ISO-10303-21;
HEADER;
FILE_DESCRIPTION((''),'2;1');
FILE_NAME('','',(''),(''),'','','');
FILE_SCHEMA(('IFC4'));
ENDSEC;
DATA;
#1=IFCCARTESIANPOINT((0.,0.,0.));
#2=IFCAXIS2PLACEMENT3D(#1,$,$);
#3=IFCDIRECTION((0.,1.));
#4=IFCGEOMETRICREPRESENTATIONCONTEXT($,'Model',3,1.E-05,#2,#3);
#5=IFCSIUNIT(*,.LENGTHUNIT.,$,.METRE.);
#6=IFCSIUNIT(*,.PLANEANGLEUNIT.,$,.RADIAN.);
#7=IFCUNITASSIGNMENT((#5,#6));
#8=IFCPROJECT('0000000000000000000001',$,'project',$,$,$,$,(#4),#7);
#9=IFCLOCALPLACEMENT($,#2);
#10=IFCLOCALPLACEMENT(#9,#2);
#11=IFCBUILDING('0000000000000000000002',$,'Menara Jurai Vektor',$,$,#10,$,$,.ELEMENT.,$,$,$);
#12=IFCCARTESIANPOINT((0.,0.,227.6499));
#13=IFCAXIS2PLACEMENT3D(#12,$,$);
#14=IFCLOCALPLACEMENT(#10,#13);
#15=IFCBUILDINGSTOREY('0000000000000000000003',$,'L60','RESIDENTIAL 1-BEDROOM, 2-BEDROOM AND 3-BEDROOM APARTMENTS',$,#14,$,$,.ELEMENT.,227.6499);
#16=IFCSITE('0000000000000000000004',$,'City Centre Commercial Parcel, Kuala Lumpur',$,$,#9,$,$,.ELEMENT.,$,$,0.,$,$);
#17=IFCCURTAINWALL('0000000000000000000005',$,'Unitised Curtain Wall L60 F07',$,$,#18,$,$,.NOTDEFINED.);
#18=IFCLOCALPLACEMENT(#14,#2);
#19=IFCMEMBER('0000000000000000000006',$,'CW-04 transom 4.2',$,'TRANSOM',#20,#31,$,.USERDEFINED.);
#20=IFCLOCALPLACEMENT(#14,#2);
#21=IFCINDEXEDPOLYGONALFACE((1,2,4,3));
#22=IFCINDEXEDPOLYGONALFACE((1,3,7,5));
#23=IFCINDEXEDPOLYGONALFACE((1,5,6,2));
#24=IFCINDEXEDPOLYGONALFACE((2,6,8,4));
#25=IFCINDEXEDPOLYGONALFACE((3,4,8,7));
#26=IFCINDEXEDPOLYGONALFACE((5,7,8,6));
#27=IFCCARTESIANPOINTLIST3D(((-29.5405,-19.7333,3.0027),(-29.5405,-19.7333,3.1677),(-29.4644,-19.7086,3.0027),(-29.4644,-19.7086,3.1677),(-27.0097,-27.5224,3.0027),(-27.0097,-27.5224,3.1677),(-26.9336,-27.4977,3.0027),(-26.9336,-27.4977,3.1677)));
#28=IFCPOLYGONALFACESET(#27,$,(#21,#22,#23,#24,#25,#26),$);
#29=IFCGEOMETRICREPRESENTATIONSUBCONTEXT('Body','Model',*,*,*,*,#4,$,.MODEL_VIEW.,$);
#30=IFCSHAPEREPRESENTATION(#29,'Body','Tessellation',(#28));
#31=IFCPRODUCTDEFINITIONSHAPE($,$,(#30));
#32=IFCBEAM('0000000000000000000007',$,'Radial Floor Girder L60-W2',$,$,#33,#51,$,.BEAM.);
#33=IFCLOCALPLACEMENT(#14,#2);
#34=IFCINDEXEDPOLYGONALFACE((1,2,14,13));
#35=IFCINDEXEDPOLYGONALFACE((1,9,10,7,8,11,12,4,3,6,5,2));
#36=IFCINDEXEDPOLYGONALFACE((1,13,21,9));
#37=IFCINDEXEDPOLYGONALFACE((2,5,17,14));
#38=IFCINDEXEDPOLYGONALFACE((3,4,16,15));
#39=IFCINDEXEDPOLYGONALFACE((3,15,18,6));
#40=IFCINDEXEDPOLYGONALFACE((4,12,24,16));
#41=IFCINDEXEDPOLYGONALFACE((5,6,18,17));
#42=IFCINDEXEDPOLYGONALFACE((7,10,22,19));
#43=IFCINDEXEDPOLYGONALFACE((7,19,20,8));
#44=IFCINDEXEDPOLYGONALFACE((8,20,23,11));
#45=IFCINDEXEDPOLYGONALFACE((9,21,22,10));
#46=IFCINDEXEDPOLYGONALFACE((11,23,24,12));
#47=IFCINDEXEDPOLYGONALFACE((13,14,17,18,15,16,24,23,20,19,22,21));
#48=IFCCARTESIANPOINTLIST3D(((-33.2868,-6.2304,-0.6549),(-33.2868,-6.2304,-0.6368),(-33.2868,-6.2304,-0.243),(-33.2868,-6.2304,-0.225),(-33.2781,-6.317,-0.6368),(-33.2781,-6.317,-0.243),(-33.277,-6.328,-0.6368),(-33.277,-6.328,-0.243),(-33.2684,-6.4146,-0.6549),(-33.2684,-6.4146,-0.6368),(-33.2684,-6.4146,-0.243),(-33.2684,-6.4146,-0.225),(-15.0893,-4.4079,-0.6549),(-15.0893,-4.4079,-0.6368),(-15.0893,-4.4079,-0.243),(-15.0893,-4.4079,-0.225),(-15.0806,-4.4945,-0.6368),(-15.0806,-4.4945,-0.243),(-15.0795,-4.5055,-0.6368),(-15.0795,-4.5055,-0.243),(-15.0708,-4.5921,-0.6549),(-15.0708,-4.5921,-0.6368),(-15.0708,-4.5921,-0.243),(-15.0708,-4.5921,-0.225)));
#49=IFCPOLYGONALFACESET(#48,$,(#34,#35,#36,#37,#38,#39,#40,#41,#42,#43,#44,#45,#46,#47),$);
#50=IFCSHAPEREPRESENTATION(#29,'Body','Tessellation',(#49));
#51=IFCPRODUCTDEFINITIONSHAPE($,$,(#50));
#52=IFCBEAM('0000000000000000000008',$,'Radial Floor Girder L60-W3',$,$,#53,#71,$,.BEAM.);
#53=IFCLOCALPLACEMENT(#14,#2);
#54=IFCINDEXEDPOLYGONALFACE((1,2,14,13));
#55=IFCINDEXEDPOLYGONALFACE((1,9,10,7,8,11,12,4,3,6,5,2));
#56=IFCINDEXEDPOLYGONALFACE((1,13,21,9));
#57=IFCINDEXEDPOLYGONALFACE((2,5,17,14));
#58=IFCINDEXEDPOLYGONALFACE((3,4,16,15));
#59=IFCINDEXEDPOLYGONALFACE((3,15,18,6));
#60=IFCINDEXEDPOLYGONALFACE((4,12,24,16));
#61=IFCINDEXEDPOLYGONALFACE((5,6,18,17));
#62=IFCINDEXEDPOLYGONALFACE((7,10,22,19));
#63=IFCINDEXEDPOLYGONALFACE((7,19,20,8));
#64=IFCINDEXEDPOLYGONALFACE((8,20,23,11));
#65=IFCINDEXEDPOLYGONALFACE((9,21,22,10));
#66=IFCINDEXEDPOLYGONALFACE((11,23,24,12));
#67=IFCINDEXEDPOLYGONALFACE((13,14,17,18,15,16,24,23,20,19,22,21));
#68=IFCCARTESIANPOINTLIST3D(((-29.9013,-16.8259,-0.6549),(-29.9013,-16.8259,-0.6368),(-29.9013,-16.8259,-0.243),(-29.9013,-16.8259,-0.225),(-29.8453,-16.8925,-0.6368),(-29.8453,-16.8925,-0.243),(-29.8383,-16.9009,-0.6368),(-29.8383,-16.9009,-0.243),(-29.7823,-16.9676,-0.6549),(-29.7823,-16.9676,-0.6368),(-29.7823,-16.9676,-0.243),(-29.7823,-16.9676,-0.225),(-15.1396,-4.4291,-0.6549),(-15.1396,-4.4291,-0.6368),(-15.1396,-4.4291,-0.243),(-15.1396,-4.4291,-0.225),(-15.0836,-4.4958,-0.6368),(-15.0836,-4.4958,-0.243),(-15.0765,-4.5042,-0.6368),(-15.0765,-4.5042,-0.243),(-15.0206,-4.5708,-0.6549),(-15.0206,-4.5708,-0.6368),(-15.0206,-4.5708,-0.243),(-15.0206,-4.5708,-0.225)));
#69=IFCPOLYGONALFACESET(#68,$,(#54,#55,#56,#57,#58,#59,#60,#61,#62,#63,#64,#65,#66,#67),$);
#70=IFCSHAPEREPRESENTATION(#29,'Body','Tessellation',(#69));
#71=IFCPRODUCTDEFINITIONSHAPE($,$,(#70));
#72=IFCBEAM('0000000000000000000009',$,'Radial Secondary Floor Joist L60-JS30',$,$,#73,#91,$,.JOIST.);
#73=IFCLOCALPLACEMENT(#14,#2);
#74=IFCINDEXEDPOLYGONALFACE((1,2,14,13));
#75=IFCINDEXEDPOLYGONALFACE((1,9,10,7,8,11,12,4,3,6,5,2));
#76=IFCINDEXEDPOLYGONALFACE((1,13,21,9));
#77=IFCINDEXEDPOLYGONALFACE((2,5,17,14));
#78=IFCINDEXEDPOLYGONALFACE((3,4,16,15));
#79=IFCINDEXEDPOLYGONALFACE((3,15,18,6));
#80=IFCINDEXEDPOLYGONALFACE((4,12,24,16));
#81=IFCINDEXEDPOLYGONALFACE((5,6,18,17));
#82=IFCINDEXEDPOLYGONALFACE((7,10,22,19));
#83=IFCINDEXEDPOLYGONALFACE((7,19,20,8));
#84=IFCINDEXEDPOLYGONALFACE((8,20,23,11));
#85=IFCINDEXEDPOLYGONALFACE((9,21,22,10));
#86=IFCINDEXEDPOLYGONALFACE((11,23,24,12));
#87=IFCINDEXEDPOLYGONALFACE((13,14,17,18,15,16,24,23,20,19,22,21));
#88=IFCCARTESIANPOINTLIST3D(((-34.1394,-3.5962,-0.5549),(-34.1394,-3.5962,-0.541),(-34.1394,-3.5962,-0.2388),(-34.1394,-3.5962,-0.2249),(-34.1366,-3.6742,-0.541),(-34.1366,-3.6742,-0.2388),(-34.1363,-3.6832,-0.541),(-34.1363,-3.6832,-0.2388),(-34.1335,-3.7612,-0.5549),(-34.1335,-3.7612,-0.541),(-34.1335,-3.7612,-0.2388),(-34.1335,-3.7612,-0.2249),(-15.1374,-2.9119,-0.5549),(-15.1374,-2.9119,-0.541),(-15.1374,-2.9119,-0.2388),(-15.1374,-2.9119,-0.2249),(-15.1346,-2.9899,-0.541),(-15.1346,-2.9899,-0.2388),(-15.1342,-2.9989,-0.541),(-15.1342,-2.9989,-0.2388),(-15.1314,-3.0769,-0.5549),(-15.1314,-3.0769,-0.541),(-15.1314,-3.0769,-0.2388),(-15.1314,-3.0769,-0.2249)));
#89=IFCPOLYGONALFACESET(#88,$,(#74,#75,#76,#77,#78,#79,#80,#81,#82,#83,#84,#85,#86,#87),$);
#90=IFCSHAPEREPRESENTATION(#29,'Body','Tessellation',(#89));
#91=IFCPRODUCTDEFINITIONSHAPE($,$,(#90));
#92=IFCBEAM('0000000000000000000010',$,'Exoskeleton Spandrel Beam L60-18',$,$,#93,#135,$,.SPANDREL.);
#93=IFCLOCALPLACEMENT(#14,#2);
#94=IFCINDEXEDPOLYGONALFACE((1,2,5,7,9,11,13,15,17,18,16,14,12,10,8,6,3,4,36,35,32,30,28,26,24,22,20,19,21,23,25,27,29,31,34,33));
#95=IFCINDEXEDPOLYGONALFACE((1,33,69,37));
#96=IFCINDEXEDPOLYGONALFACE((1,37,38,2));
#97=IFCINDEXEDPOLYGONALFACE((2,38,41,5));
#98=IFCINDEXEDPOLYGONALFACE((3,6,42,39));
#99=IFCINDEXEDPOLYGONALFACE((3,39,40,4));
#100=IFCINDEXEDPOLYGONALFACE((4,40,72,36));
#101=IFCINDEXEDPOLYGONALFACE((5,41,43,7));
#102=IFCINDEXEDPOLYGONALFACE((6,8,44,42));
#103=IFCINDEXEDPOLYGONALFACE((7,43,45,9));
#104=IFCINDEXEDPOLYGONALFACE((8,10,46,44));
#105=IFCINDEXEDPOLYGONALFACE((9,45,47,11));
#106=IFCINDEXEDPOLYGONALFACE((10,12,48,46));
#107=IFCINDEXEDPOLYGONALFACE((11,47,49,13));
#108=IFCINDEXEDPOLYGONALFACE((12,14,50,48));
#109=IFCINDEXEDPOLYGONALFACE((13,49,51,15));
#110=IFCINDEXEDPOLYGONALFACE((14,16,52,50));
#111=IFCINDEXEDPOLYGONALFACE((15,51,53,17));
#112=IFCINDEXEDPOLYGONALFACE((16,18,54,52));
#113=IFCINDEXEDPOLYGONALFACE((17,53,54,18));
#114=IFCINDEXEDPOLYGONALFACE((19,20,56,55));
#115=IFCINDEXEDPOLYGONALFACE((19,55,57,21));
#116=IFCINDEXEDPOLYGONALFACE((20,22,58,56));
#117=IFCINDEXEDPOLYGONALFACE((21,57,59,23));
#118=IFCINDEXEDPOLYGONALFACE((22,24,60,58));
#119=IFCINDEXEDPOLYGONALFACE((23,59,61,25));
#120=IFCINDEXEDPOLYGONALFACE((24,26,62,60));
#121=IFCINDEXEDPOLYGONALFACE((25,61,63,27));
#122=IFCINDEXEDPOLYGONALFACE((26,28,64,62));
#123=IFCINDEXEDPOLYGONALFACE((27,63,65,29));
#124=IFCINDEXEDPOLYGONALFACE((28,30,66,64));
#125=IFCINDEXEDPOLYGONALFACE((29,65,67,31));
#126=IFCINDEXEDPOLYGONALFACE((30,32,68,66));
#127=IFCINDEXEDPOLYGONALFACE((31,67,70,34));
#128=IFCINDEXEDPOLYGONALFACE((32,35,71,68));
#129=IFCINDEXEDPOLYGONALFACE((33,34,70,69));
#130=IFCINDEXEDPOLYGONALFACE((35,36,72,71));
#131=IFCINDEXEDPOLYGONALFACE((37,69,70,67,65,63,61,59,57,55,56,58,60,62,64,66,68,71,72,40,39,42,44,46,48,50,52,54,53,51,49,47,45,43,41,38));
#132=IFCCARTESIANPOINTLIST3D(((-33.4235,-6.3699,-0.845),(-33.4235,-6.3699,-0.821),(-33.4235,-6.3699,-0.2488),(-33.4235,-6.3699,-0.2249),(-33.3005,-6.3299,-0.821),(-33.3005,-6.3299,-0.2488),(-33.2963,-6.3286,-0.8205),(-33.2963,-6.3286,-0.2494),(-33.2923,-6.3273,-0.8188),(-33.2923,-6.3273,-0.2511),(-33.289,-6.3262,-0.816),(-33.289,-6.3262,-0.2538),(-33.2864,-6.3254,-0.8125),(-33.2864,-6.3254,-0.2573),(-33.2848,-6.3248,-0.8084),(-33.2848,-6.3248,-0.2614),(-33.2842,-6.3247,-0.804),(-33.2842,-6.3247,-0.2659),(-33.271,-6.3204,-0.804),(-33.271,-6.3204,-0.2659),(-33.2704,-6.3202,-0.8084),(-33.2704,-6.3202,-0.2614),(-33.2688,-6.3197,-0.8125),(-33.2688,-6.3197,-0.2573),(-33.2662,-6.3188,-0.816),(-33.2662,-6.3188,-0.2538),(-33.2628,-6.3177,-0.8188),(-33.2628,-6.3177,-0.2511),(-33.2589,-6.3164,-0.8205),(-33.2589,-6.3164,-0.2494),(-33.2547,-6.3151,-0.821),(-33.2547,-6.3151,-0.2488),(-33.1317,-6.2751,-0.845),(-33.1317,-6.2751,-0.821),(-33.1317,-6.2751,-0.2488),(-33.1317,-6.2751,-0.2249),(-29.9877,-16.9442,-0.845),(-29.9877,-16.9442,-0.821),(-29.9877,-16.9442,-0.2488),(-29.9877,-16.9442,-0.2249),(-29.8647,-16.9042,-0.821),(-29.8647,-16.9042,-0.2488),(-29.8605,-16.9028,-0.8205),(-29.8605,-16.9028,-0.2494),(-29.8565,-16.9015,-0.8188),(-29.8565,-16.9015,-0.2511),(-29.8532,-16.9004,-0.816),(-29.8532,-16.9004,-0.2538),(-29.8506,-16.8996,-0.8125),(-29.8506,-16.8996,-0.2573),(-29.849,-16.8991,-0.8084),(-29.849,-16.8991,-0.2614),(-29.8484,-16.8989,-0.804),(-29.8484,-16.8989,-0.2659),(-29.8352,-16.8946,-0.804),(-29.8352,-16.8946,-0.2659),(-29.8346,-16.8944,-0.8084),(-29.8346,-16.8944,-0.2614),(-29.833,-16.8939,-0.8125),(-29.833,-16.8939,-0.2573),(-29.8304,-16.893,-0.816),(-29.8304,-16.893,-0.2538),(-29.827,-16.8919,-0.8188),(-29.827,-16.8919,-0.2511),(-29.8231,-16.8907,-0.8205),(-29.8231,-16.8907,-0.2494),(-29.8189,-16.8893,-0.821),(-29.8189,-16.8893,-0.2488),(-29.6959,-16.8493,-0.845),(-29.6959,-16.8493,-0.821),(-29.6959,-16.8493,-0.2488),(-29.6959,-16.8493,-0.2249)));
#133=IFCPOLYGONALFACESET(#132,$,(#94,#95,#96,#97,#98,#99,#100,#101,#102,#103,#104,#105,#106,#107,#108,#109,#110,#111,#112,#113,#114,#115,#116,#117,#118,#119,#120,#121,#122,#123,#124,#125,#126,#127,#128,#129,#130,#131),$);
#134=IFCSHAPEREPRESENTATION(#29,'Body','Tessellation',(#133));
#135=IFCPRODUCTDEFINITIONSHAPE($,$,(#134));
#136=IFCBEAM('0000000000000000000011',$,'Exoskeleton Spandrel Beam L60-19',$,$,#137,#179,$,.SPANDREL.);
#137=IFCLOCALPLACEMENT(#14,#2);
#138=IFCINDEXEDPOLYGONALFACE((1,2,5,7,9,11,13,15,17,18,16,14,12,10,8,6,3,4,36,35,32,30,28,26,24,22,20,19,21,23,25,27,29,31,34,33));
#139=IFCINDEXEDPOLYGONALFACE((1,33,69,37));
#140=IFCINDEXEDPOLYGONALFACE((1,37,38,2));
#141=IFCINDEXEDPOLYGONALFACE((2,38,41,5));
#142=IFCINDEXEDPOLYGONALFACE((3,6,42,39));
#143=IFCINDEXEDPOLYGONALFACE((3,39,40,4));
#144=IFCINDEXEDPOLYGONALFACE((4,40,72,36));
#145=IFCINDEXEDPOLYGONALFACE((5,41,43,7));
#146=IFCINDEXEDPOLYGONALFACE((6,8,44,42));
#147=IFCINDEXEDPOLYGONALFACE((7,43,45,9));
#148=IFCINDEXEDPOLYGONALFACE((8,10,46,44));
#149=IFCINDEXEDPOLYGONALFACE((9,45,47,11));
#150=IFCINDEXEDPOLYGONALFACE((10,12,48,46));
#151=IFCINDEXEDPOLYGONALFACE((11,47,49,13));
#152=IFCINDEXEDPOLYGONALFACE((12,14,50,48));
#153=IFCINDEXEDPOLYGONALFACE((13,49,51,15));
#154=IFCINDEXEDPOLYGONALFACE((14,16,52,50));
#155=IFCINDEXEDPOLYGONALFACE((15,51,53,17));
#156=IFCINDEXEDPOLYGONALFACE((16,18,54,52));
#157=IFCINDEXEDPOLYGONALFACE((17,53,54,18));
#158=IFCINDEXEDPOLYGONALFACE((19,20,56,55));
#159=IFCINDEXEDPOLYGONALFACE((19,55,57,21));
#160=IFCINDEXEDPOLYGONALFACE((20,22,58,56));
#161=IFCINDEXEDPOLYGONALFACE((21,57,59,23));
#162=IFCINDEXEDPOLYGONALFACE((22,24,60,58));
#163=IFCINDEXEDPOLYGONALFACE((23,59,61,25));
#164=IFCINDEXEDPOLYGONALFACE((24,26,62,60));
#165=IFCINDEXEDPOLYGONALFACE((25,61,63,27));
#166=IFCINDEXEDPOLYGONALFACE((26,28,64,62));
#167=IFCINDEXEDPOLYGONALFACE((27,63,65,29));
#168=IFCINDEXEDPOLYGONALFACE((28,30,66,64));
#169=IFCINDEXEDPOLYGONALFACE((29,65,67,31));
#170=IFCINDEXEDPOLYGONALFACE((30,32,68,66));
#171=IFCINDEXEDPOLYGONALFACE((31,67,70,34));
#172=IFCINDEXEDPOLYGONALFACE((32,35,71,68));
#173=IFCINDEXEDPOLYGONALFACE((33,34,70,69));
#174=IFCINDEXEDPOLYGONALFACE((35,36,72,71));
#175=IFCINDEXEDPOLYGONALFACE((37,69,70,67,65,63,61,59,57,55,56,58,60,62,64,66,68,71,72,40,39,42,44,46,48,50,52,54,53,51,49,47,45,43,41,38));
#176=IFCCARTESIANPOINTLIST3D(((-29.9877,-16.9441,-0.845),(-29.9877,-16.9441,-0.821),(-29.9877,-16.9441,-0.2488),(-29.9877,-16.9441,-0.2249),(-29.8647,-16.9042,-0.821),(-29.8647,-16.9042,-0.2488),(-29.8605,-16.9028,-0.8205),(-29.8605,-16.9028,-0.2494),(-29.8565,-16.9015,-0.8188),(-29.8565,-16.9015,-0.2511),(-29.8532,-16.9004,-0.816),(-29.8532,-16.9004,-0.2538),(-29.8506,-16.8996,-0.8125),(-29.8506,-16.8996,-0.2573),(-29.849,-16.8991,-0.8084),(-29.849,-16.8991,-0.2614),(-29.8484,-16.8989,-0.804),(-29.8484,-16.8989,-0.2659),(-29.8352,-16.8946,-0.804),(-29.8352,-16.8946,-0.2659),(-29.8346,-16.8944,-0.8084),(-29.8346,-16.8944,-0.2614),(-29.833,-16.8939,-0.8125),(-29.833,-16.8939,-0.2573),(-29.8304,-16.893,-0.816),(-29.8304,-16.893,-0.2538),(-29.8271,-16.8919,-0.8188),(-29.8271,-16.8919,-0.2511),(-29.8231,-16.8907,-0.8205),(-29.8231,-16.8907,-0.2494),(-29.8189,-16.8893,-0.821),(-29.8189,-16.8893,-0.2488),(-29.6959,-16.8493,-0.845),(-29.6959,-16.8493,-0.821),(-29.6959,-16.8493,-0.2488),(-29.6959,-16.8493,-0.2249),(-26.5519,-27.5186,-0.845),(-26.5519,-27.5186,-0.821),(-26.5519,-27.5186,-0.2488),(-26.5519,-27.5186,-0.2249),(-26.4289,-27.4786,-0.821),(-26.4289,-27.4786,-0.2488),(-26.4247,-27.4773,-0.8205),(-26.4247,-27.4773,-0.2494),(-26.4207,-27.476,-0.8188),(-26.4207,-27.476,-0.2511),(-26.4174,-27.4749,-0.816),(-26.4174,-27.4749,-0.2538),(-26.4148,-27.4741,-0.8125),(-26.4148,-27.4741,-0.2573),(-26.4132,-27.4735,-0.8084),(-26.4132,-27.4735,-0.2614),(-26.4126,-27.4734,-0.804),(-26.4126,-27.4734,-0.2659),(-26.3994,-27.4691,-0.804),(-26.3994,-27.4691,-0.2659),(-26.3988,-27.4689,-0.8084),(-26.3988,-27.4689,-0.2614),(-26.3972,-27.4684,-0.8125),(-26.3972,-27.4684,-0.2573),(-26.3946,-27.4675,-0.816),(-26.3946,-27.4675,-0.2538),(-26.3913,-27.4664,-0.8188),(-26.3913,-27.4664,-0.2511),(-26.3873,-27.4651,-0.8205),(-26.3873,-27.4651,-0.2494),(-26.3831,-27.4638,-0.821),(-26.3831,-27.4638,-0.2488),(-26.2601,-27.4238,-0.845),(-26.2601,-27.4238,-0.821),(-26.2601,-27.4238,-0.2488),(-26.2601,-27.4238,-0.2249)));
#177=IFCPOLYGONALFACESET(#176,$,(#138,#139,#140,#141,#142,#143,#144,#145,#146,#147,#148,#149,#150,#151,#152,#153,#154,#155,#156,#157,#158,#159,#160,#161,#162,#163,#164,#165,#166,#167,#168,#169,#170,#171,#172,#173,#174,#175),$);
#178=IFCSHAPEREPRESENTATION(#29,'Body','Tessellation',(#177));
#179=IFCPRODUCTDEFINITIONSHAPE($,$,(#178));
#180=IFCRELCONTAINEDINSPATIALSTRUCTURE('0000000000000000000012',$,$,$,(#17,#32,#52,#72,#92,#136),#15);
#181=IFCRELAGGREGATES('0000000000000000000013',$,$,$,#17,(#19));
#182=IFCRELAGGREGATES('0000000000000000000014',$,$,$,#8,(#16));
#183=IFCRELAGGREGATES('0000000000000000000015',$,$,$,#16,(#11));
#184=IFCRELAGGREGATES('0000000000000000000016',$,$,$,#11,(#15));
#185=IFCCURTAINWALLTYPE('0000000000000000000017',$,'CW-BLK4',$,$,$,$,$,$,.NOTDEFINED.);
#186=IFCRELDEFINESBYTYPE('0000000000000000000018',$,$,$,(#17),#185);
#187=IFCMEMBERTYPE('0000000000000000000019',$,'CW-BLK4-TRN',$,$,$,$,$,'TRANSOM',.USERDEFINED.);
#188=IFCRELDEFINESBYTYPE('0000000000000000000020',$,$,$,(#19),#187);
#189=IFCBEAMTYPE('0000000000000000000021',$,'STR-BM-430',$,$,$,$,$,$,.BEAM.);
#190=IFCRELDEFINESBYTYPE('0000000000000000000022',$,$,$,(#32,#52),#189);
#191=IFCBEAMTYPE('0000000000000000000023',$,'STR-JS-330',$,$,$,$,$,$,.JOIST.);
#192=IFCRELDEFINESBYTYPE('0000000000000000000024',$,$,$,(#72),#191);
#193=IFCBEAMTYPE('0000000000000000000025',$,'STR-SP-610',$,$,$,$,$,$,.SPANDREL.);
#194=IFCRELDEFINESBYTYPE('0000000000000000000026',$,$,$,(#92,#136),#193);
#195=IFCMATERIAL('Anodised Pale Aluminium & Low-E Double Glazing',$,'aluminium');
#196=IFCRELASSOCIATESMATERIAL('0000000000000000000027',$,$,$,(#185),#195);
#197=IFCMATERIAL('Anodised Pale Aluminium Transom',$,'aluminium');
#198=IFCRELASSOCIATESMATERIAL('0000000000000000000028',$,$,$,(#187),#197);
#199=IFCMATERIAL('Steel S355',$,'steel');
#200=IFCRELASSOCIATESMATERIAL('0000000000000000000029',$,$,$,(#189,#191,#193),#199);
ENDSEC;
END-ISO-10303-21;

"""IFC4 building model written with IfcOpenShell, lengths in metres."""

from ifc_helpers import new_model, si_unit, direction, frame, origin, origin_2d, place, context, subcontext, project, spatial, rectangle, i_section, extrude, material, material_profile, profile_set, type_object, element, aggregate, save


model = new_model("IFC4")

# Units and contexts
model_context = context("Model", 3, precision=1e-05, world=origin(), true_north=direction((0.0, 1.0)))
body_context = subcontext(model_context, "Body", "Model", "MODEL_VIEW")
ifc_project = project(units=[si_unit("LENGTHUNIT", "METRE"), si_unit("PLANEANGLEUNIT", "RADIAN")], contexts=[model_context])

# Site, building, storey
site_placement = place(None, origin())
site = spatial("IfcSite", under=ifc_project, at=site_placement, Name="City Centre Commercial Parcel, Kuala Lumpur", CompositionType="ELEMENT", RefElevation=0.0)
building_placement = place(site_placement, origin())
building = spatial("IfcBuilding", under=site, at=building_placement, Name="Menara Jurai Vektor", CompositionType="ELEMENT")
storey_placement = place(building_placement, frame((0.0, 0.0, 227.6499)))
storey = spatial("IfcBuildingStorey", under=building, at=storey_placement, Name="L60", Description="RESIDENTIAL 1-BEDROOM, 2-BEDROOM AND 3-BEDROOM APARTMENTS", CompositionType="ELEMENT", Elevation=227.6499)

# Curtain wall, member
ifc_material_1 = material(Name="Anodised Pale Aluminium & Low-E Double Glazing", Category="aluminium")
curtain_wall_type = type_object("IfcCurtainWallType", Name="CW-BLK4", PredefinedType="NOTDEFINED", material=ifc_material_1)
curtain_wall_placement = place(storey_placement, origin())
curtain_wall = element("IfcCurtainWall", 1, at=curtain_wall_placement, inside=storey, type_object=curtain_wall_type, Name="Unitised Curtain Wall L60 F07", PredefinedType="NOTDEFINED")
ifc_material_2 = material(Name="Anodised Pale Aluminium Transom", Category="aluminium")
ifc_material_profile_1 = material_profile(ifc_material_2, rectangle(XDim=0.0801, YDim=0.165, at=origin_2d()), Name="ALU TRN 80x165")
ifc_profile_set_1 = profile_set([ifc_material_profile_1], Name="Anodised Pale Aluminium Transom")
member_type_1 = type_object("IfcMemberType", Name="CW-BLK4-TRN", ElementType="TRANSOM", PredefinedType="USERDEFINED", material=ifc_profile_set_1)
member_1_placement = place(storey_placement, frame((-29.5024, -19.7209, 3.0852), z_axis=(0.309011, -0.951059, 0.0), x_axis=(0.951059, 0.309011, 0.0)))
member_1 = element("IfcMember", 2, at=member_1_placement, type_object=member_type_1, Name="CW-04 transom 4.2", ObjectType="TRANSOM", PredefinedType="USERDEFINED", context=body_context, shape_type="SweptSolid", body=[
    extrude(rectangle(XDim=0.0801, YDim=0.165, at=origin_2d()), origin(), (0.0, 0.0, 1.0), 8.1899),
])

# Beams
ifc_material_3 = material(Name="Steel S355", Category="steel")
ifc_material_profile_2 = material_profile(ifc_material_3, i_section(OverallWidth=0.1851, OverallDepth=0.4299, WebThickness=0.011, FlangeThickness=0.0181, at=origin_2d()), Name="PG 430x185x76")
ifc_profile_set_2 = profile_set([ifc_material_profile_2], Name="Steel S355")
beam_type_1 = type_object("IfcBeamType", Name="STR-BM-430", PredefinedType="BEAM", material=ifc_profile_set_2)
beam_1_placement = place(storey_placement, frame((-33.2776, -6.3225, -0.4399), z_axis=(0.995022, 0.099653, 0.0), x_axis=(-0.099653, 0.995022, 0.0)))
element("IfcBeam", 3, at=beam_1_placement, inside=storey, type_object=beam_type_1, Name="Radial Floor Girder L60-W2", PredefinedType="BEAM", context=body_context, shape_type="SweptSolid", body=[
    extrude(i_section(OverallWidth=0.1851, OverallDepth=0.4299, WebThickness=0.011, FlangeThickness=0.0181, at=origin_2d()), origin(), (0.0, 0.0, 1.0), 18.2886),
])
beam_2_placement = place(storey_placement, frame((-29.8418, -16.8967, -0.4399), z_axis=(0.765784, 0.643097, 0.0), x_axis=(-0.643097, 0.765784, 0.0)))
element("IfcBeam", 4, at=beam_2_placement, inside=storey, type_object=beam_type_1, Name="Radial Floor Girder L60-W3", PredefinedType="BEAM", context=body_context, shape_type="SweptSolid", body=[
    extrude(i_section(OverallWidth=0.1851, OverallDepth=0.4299, WebThickness=0.011, FlangeThickness=0.0181, at=origin_2d()), origin(), (0.0, 0.0, 1.0), 19.2766),
])
ifc_material_profile_3 = material_profile(ifc_material_3, i_section(OverallWidth=0.165, OverallDepth=0.3301, WebThickness=0.009, FlangeThickness=0.0139, at=origin_2d()), Name="PG 330x165x46")
ifc_profile_set_3 = profile_set([ifc_material_profile_3], Name="Steel S355")
beam_type_2 = type_object("IfcBeamType", Name="STR-JS-330", PredefinedType="JOIST", material=ifc_profile_set_3)
beam_3_placement = place(storey_placement, frame((-34.1365, -3.6787, -0.3899), z_axis=(0.999352, 0.03599, 0.0), x_axis=(-0.03599, 0.999352, 0.0)))
element("IfcBeam", 5, at=beam_3_placement, inside=storey, type_object=beam_type_2, Name="Radial Secondary Floor Joist L60-JS30", PredefinedType="JOIST", context=body_context, shape_type="SweptSolid", body=[
    extrude(i_section(OverallWidth=0.165, OverallDepth=0.3301, WebThickness=0.009, FlangeThickness=0.0139, at=origin_2d()), origin(), (0.0, 0.0, 1.0), 19.0144),
])
ifc_material_profile_4 = material_profile(ifc_material_3, i_section(OverallWidth=0.3069, OverallDepth=0.6201, WebThickness=0.0139, FlangeThickness=0.0239, FilletRadius=0.0171, at=origin_2d()), Name="UKB 610x305x179")
ifc_profile_set_4 = profile_set([ifc_material_profile_4], Name="Steel S355")
beam_type_3 = type_object("IfcBeamType", Name="STR-SP-610", PredefinedType="SPANDREL", material=ifc_profile_set_4)
beam_4_placement = place(storey_placement, frame((-33.2776, -6.3225, -0.5349), z_axis=(0.309019, -0.951056, 0.0), x_axis=(0.951056, 0.309019, 0.0)))
element("IfcBeam", 6, at=beam_4_placement, inside=storey, type_object=beam_type_3, Name="Exoskeleton Spandrel Beam L60-18", PredefinedType="SPANDREL", context=body_context, shape_type="SweptSolid", body=[
    extrude(i_section(OverallWidth=0.3069, OverallDepth=0.6201, WebThickness=0.0139, FlangeThickness=0.0239, FilletRadius=0.0171, at=origin_2d()), origin(), (0.0, 0.0, 1.0), 11.1184),
])
beam_5_placement = place(storey_placement, frame((-29.8418, -16.8967, -0.5349), z_axis=(0.309012, -0.951058, 0.0), x_axis=(0.951058, 0.309012, 0.0)))
element("IfcBeam", 7, at=beam_5_placement, inside=storey, type_object=beam_type_3, Name="Exoskeleton Spandrel Beam L60-19", PredefinedType="SPANDREL", context=body_context, shape_type="SweptSolid", body=[
    extrude(i_section(OverallWidth=0.3069, OverallDepth=0.6201, WebThickness=0.0139, FlangeThickness=0.0239, FilletRadius=0.0171, at=origin_2d()), origin(), (0.0, 0.0, 1.0), 11.1187),
])

aggregate(curtain_wall, [member_1])

save(model, "model.ifc")
